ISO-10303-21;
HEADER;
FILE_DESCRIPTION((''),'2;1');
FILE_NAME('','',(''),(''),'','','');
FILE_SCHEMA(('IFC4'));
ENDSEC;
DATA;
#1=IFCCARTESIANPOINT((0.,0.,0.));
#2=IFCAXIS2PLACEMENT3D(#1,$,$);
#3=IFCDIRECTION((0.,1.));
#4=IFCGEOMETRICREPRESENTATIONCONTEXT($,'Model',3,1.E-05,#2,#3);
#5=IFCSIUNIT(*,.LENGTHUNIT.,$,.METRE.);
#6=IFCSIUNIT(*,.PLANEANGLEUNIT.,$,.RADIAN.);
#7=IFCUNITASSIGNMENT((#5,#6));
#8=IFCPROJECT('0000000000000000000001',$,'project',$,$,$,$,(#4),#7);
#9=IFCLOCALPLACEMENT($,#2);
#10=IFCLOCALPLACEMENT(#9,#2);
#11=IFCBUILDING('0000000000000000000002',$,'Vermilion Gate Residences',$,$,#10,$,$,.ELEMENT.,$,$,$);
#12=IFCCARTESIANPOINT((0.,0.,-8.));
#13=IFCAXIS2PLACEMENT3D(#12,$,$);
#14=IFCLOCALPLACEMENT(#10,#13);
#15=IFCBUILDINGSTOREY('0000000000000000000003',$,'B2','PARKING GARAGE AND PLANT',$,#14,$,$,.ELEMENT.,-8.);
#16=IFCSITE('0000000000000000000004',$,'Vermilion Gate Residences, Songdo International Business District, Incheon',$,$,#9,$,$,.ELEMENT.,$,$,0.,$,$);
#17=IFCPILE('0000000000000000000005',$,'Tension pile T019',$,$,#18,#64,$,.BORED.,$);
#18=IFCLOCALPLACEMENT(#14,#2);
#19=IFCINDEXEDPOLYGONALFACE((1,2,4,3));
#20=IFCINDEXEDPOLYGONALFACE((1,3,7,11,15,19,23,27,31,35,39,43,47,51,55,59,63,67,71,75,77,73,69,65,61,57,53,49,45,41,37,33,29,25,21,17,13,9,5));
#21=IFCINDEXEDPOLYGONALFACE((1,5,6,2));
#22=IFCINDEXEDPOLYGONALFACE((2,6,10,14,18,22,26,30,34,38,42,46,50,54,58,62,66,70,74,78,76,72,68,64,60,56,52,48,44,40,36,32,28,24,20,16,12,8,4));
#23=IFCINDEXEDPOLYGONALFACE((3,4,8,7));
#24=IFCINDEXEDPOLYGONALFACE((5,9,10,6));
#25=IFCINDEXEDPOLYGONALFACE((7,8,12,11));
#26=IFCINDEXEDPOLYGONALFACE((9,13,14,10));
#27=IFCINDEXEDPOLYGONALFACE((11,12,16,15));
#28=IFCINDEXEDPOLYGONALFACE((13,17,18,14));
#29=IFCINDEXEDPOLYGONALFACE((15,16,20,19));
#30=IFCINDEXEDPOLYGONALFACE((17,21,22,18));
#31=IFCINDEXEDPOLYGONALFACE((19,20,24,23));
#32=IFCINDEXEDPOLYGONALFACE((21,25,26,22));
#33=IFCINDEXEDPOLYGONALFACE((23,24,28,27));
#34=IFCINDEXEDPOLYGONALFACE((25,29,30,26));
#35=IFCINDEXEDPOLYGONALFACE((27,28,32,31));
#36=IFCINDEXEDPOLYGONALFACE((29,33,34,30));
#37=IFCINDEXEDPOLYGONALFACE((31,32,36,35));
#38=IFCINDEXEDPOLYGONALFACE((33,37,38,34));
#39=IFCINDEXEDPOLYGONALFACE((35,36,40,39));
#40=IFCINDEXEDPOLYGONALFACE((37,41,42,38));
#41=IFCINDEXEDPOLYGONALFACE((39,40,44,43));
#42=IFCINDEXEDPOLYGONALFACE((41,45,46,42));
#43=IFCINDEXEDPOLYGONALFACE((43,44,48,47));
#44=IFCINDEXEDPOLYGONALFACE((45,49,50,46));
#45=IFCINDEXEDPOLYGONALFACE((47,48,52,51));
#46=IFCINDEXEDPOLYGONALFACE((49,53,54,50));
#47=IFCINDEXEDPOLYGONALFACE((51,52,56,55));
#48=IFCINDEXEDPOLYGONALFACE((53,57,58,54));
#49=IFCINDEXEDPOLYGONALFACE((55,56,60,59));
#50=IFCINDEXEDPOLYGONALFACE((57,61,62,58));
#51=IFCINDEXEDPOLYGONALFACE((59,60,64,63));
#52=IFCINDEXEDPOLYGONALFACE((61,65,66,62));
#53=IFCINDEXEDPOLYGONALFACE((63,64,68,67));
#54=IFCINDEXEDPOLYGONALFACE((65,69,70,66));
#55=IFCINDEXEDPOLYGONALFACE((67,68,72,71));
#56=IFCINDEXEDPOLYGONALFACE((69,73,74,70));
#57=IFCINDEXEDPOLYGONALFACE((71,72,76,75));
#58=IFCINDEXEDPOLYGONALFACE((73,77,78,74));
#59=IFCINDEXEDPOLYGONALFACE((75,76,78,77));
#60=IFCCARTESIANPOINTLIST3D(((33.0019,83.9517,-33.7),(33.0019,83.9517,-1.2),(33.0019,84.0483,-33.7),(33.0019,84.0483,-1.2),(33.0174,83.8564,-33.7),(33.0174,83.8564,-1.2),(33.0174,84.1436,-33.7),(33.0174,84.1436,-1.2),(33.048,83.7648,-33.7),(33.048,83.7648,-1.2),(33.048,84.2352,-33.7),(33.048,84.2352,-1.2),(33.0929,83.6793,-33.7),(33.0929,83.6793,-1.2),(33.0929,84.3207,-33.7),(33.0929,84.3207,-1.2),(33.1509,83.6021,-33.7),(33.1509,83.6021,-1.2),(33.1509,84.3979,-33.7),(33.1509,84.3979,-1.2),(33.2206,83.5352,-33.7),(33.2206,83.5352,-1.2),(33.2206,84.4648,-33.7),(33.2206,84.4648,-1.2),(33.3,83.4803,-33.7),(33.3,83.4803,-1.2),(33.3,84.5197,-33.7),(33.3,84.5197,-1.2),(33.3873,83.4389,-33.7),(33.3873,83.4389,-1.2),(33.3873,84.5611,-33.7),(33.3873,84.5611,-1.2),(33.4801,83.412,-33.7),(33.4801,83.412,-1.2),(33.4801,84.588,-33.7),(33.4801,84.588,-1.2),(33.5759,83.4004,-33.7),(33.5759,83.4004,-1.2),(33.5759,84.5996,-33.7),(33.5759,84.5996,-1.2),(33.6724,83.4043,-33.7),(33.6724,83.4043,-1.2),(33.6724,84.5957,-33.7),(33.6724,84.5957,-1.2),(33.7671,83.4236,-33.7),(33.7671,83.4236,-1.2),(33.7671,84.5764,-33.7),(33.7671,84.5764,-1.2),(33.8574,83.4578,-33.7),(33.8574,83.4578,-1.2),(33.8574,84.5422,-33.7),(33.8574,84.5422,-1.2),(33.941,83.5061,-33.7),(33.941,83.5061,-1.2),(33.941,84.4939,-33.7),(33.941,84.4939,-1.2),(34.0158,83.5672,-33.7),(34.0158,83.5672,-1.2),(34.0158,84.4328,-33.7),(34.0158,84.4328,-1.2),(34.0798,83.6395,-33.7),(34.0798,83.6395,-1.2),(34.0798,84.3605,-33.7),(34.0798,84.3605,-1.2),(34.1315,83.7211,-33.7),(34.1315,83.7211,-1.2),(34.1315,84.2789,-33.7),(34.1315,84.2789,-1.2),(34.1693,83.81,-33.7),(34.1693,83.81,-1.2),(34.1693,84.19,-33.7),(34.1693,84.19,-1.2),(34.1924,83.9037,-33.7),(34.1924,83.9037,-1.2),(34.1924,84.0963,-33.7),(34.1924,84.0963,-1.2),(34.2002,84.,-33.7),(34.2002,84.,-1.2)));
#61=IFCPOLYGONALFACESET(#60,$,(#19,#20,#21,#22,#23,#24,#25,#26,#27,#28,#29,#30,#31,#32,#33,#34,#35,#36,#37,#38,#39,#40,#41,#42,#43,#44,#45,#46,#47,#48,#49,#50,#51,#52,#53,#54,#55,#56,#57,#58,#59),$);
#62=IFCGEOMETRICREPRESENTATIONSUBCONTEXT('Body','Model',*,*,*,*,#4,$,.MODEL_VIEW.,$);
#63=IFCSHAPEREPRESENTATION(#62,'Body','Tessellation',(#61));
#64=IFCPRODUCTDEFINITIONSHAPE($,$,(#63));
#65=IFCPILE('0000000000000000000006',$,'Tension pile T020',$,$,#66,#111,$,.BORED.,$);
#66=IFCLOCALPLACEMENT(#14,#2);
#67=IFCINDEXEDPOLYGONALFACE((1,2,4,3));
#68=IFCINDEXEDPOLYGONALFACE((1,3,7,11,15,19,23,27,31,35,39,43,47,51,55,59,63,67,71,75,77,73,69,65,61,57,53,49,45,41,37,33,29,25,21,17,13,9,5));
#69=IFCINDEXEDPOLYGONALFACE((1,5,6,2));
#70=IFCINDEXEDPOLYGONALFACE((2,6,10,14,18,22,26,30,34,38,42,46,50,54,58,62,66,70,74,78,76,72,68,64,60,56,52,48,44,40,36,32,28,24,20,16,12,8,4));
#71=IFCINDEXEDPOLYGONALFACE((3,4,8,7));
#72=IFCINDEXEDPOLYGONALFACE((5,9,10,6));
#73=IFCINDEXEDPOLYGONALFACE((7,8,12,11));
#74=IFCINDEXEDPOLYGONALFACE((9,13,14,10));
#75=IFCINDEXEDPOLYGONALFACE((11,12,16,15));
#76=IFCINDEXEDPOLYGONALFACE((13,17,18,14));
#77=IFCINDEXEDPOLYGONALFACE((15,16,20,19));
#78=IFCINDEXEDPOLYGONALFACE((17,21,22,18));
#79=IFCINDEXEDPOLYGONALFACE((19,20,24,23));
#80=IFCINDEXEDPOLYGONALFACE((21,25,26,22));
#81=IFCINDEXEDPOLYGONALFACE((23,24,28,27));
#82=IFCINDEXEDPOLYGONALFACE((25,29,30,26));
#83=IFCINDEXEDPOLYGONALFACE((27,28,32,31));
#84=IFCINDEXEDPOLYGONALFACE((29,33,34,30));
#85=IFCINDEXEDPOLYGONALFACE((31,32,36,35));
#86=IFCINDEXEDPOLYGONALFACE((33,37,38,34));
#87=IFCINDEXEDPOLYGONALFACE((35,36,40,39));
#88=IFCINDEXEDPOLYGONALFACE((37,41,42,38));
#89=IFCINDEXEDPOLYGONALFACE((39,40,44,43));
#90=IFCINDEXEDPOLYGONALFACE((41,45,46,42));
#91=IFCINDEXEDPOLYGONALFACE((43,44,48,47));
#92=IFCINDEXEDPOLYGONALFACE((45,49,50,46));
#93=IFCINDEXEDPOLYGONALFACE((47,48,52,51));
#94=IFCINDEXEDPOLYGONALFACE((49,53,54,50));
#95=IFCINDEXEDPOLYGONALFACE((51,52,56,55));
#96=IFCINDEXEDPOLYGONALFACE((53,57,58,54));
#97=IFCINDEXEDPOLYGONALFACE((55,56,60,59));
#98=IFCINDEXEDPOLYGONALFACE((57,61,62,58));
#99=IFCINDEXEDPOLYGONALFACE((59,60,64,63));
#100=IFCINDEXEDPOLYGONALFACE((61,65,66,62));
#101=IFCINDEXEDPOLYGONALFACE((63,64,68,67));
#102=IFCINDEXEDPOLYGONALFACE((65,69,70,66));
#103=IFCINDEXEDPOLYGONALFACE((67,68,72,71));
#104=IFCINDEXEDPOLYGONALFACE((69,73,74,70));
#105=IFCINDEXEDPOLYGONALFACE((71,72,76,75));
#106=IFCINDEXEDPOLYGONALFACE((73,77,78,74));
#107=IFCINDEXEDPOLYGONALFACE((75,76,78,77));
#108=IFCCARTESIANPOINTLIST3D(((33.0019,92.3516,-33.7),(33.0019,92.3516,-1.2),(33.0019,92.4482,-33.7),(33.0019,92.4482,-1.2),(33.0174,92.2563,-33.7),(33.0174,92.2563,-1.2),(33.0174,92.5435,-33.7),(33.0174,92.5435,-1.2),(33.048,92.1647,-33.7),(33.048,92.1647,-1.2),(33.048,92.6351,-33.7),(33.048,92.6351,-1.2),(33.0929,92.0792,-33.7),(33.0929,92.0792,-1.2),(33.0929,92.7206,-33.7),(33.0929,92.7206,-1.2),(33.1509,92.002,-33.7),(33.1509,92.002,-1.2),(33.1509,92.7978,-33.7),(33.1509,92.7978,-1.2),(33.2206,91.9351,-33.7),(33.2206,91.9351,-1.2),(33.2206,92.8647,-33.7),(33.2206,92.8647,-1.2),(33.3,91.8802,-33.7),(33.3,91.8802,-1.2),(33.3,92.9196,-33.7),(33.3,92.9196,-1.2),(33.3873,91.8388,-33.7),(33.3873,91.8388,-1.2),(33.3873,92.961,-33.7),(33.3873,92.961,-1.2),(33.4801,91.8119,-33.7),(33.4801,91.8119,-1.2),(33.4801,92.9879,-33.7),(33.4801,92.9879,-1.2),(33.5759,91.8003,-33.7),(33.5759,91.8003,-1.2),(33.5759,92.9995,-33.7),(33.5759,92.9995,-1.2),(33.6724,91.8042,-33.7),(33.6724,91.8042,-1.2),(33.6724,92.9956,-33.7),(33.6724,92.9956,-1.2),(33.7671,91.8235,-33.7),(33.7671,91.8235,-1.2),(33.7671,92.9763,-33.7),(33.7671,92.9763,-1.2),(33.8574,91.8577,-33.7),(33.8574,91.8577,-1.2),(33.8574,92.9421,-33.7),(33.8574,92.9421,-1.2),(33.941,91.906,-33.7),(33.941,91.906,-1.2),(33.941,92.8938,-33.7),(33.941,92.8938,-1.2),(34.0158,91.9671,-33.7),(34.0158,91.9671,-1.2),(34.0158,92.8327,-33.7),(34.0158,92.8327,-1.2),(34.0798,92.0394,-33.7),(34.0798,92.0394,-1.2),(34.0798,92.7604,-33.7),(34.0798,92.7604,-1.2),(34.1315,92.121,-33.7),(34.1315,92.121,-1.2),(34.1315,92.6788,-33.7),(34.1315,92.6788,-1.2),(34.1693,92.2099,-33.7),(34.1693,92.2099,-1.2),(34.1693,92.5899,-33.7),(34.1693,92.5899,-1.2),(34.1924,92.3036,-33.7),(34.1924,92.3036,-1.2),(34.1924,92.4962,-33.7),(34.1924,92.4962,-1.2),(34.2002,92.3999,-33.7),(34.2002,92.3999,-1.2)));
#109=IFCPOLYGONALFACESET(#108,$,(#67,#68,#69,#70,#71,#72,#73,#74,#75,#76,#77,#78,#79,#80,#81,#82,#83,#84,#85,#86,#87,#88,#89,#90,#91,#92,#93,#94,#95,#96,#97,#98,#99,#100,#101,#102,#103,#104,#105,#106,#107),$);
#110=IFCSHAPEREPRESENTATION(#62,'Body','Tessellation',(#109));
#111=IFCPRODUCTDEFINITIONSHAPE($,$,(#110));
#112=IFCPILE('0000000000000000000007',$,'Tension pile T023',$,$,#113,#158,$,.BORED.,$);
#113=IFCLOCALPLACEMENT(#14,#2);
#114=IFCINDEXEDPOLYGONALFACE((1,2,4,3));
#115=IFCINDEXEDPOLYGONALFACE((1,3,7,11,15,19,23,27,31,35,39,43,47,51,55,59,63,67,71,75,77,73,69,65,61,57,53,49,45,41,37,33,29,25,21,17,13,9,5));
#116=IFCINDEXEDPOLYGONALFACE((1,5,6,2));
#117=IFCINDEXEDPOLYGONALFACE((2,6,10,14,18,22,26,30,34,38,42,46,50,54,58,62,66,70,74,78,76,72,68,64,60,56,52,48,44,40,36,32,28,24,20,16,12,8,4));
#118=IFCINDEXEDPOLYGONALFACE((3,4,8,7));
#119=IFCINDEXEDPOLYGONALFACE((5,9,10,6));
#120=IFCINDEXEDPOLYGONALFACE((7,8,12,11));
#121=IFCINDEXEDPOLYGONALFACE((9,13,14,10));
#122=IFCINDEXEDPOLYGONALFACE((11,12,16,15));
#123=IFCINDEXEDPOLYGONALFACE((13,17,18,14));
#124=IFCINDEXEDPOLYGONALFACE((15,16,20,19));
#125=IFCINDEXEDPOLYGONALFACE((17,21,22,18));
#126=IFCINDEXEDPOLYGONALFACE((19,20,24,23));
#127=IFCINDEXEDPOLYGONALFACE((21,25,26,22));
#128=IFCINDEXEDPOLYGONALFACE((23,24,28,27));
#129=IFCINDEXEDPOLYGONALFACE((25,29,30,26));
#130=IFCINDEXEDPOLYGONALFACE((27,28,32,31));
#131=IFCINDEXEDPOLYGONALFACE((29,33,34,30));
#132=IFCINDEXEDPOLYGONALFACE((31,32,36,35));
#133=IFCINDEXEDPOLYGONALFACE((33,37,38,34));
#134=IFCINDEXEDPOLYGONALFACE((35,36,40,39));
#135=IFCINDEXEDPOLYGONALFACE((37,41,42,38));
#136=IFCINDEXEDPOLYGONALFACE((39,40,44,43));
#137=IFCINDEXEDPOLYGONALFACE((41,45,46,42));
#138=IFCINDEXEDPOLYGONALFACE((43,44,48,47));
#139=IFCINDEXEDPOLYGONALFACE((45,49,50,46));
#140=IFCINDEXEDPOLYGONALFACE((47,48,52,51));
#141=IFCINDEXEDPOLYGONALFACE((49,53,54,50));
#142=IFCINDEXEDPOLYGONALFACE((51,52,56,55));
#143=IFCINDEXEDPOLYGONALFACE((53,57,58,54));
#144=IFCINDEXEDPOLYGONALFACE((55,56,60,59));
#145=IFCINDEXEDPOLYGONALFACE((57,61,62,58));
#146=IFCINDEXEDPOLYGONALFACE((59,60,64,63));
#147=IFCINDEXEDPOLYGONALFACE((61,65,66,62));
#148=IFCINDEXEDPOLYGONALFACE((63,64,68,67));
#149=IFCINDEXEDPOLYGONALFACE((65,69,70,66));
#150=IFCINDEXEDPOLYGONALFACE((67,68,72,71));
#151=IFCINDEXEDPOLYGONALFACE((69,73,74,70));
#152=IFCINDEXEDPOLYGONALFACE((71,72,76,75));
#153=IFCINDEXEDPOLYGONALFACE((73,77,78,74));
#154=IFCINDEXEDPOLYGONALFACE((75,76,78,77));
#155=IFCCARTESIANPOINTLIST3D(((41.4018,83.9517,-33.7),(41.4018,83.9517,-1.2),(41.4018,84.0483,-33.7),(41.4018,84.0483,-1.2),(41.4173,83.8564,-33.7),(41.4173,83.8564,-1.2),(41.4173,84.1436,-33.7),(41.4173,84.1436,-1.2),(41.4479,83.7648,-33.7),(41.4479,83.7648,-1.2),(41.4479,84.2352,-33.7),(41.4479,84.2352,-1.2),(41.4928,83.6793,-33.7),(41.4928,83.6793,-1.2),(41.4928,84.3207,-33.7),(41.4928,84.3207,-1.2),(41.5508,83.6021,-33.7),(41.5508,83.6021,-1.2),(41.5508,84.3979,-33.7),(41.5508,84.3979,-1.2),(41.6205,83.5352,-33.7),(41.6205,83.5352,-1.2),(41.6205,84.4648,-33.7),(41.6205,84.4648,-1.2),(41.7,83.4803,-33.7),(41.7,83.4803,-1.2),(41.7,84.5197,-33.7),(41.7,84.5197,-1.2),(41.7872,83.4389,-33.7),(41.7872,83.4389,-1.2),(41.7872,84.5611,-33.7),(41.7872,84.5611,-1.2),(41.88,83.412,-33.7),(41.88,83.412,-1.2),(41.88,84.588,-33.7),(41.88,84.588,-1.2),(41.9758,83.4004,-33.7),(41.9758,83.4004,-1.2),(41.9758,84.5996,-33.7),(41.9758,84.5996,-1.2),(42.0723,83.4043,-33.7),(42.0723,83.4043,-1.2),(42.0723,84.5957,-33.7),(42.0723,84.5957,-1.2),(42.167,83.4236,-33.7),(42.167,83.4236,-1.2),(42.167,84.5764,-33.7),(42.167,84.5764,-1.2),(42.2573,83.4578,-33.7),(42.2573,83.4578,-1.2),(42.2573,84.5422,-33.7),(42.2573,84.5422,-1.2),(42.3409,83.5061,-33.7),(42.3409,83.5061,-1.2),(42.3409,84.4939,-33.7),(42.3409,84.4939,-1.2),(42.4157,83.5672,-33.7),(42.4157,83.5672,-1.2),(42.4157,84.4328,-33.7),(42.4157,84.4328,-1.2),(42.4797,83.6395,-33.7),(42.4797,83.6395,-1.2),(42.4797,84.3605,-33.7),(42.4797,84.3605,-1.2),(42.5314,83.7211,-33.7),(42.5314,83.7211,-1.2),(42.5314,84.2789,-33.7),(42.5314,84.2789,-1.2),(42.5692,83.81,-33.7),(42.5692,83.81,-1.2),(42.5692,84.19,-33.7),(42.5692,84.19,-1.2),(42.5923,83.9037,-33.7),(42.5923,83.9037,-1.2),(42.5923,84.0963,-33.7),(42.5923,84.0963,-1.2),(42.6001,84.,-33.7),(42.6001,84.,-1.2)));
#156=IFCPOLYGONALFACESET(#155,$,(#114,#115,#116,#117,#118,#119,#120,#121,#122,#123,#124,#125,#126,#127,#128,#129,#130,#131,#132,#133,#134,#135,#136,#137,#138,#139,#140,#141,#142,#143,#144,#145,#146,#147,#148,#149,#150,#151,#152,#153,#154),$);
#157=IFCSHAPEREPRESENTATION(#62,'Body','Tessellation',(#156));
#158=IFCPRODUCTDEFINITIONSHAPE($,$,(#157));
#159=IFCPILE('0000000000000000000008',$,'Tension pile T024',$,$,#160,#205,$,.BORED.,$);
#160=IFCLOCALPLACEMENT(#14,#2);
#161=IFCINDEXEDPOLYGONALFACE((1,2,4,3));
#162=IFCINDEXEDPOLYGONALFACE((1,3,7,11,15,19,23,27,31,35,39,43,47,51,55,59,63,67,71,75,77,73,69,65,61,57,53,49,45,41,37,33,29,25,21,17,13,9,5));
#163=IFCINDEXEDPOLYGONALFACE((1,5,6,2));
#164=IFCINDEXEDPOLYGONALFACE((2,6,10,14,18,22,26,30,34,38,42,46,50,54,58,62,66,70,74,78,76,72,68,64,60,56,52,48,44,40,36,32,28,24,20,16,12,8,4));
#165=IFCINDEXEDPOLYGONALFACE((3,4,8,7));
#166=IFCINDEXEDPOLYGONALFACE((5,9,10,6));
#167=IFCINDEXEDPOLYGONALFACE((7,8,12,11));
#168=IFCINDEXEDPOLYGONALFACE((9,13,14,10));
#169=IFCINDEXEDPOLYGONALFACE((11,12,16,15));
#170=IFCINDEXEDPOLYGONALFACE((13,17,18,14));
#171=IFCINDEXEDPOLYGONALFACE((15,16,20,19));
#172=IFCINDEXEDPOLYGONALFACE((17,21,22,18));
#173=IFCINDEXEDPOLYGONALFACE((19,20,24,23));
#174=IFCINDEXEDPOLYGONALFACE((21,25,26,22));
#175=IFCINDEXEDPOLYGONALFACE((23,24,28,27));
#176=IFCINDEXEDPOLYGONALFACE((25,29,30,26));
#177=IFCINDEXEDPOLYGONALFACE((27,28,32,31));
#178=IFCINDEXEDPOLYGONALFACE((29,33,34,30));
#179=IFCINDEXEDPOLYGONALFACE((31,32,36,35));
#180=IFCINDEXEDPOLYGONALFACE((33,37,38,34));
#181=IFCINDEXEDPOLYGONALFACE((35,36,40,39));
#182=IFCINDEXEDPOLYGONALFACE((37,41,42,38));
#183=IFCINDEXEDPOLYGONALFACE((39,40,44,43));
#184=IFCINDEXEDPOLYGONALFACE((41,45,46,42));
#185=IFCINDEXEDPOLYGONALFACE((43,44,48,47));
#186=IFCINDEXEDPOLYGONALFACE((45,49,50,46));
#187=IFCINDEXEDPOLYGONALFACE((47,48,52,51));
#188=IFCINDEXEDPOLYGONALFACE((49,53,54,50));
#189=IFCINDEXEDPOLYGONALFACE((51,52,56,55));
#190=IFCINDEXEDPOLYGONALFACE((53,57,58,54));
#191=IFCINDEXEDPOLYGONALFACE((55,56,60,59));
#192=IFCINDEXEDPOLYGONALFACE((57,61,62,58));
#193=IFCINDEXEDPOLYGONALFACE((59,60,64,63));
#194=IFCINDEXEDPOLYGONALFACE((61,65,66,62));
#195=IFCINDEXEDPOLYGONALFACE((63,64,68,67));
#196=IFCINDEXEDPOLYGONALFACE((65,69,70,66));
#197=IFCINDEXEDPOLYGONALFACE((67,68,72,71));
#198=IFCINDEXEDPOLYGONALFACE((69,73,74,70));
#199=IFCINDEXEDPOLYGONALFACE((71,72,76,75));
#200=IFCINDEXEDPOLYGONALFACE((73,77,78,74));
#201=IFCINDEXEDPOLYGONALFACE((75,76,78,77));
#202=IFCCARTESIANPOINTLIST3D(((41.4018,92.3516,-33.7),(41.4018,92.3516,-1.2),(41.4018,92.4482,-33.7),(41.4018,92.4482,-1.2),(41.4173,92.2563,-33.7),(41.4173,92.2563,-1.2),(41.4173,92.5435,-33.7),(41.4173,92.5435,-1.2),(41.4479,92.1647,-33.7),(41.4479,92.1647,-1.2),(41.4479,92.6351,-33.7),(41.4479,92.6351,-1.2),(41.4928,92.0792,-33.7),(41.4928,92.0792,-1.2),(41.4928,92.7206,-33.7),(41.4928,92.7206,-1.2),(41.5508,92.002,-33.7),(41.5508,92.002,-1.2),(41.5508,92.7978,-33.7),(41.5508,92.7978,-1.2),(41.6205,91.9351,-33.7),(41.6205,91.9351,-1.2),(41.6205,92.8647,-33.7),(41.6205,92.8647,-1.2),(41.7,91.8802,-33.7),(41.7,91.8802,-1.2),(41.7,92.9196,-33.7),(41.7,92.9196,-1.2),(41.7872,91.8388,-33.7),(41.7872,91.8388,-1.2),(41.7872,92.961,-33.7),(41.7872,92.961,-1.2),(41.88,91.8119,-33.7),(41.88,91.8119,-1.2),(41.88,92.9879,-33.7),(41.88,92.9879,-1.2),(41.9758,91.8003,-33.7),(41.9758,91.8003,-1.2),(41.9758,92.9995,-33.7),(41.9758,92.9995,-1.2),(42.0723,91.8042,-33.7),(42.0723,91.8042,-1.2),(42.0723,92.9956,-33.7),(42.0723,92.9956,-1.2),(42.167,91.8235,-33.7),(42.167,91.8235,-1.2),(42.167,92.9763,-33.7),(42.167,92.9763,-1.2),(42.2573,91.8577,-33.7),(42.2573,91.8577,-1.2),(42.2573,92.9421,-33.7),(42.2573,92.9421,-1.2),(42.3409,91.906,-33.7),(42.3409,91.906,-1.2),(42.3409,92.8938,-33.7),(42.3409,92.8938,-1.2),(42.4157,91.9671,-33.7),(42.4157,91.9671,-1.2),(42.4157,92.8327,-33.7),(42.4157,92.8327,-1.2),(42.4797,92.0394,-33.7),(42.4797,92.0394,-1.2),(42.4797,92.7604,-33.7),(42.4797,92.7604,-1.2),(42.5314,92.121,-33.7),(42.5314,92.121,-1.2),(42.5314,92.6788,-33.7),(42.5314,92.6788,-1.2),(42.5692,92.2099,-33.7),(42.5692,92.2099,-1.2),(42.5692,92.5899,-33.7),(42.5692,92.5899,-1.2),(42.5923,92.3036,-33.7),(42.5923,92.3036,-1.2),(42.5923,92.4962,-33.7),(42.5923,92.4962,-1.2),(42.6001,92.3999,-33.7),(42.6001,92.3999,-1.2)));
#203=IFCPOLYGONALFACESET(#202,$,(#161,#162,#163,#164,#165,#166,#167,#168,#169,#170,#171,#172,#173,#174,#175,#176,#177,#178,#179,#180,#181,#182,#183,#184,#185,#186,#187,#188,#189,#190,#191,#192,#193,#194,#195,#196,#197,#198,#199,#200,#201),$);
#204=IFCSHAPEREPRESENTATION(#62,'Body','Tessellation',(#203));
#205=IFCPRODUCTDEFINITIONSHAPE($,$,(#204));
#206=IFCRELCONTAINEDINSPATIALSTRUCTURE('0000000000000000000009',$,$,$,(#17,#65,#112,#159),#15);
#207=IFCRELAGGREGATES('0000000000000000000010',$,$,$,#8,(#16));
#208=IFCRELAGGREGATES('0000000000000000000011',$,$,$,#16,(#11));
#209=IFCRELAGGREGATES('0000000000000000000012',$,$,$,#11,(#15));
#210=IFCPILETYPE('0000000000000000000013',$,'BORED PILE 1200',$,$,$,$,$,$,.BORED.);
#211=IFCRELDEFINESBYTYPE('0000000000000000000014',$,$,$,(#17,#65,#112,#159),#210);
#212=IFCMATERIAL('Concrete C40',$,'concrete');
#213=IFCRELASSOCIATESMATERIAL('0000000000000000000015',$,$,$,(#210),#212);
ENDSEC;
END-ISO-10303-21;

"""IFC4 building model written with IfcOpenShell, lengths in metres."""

from ifc_helpers import new_model, si_unit, direction, frame, origin, origin_2d, place, context, subcontext, project, spatial, circle, extrude, material, material_profile, profile_set, type_object, element, save


model = new_model("IFC4")

# Units and contexts
model_context = context("Model", 3, precision=1e-05, world=origin(), true_north=direction((0.0, 1.0)))
body_context = subcontext(model_context, "Body", "Model", "MODEL_VIEW")
ifc_project = project(units=[si_unit("LENGTHUNIT", "METRE"), si_unit("PLANEANGLEUNIT", "RADIAN")], contexts=[model_context])

# Site, building, storey
site_placement = place(None, origin())
site = spatial("IfcSite", under=ifc_project, at=site_placement, Name="Vermilion Gate Residences, Songdo International Business District, Incheon", CompositionType="ELEMENT", RefElevation=0.0)
building_placement = place(site_placement, origin())
building = spatial("IfcBuilding", under=site, at=building_placement, Name="Vermilion Gate Residences", CompositionType="ELEMENT")
storey_placement = place(building_placement, frame((0.0, 0.0, -8.0)))
storey = spatial("IfcBuildingStorey", under=building, at=storey_placement, Name="B2", Description="PARKING GARAGE AND PLANT", CompositionType="ELEMENT", Elevation=-8.0)

# Piles
ifc_material_1 = material(Name="Concrete C40", Category="concrete")
ifc_material_profile_1 = material_profile(ifc_material_1, circle(Radius=0.6001, at=origin_2d()), Name="BORED PILE 1200")
ifc_profile_set_1 = profile_set([ifc_material_profile_1], Name="Concrete C40")
pile_type = type_object("IfcPileType", Name="BORED PILE 1200", PredefinedType="BORED", material=ifc_profile_set_1)
for number, where, z_axis, x_axis, name in (
    (1, (33.6001, 84.0, -1.2), (0.0, 0.0, -1.0), (1.0, 0.0, 0.0), "Tension pile T019"),
    (2, (33.6001, 92.3999, -1.2), (0.0, 0.0, -1.0), (1.0, 0.0, 0.0), "Tension pile T020"),
    (3, (42.0, 84.0, -1.2), (0.0, 0.0, -1.0), (1.0, 0.0, 0.0), "Tension pile T023"),
    (4, (42.0, 92.3999, -1.2), (0.0, 0.0, -1.0), (1.0, 0.0, 0.0), "Tension pile T024"),
):
    element("IfcPile", number, at=place(storey_placement, frame(where, z_axis=z_axis, x_axis=x_axis)), inside=storey, type_object=pile_type, Name=name, PredefinedType="BORED", context=body_context, shape_type="SweptSolid", body=[
        extrude(circle(Radius=0.6001, at=origin_2d()), origin(), (0.0, 0.0, 1.0), 32.5),
    ])

save(model, "model.ifc")
